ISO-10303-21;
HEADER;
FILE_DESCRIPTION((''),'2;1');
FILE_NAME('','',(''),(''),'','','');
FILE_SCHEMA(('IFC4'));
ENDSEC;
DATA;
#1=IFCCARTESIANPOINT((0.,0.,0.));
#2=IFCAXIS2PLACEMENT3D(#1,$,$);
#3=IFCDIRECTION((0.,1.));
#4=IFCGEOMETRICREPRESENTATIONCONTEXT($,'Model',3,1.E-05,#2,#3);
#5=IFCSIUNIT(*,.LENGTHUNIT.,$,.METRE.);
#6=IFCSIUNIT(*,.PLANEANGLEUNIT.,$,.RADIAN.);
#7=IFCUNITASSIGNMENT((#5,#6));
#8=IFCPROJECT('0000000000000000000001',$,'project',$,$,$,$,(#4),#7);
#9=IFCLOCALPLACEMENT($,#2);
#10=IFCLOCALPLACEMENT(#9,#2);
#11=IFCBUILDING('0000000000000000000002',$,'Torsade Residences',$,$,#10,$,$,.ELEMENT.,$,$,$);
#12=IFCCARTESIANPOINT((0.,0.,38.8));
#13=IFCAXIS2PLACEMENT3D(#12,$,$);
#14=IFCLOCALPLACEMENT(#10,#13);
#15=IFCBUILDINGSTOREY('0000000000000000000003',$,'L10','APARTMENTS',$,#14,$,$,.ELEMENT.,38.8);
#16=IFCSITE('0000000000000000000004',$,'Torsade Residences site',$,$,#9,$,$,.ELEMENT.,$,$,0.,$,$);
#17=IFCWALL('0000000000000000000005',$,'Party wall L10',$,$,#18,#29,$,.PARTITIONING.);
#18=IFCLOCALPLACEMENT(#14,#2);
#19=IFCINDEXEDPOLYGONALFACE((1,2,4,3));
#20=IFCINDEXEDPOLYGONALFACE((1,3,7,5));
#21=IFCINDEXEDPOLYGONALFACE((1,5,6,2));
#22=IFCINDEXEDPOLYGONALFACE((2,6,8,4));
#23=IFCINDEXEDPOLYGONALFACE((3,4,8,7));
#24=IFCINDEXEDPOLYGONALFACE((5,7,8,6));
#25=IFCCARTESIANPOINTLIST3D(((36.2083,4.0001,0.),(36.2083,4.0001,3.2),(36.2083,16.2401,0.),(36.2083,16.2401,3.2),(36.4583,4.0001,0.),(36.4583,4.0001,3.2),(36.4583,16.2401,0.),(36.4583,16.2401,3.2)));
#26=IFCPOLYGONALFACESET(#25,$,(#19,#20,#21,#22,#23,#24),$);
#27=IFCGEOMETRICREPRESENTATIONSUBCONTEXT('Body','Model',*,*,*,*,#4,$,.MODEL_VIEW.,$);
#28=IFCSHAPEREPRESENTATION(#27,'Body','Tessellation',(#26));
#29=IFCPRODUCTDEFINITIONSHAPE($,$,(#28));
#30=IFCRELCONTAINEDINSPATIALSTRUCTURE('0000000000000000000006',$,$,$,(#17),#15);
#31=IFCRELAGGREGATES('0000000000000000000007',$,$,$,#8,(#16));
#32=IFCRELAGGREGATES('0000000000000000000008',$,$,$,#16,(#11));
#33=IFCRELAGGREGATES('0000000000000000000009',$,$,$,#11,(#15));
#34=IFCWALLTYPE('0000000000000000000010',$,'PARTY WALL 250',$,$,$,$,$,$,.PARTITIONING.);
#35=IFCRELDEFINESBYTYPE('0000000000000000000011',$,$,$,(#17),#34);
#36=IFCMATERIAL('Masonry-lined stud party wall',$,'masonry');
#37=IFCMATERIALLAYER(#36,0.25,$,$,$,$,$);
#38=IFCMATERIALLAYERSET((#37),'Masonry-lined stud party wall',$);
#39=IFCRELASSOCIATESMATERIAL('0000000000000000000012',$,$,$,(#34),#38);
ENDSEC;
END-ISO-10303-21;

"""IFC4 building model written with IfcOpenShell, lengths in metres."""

from ifc_helpers import new_model, si_unit, direction, frame, frame_2d, origin, place, context, subcontext, project, spatial, rectangle, extrude, material, layer, layer_set, type_object, element, save


model = new_model("IFC4")

# Units and contexts
model_context = context("Model", 3, precision=1e-05, world=origin(), true_north=direction((0.0, 1.0)))
body_context = subcontext(model_context, "Body", "Model", "MODEL_VIEW")
ifc_project = project(units=[si_unit("LENGTHUNIT", "METRE"), si_unit("PLANEANGLEUNIT", "RADIAN")], contexts=[model_context])

# Site, building, storey
site_placement = place(None, origin())
site = spatial("IfcSite", under=ifc_project, at=site_placement, Name="Torsade Residences site", CompositionType="ELEMENT", RefElevation=0.0)
building_placement = place(site_placement, origin())
building = spatial("IfcBuilding", under=site, at=building_placement, Name="Torsade Residences", CompositionType="ELEMENT")
storey_placement = place(building_placement, frame((0.0, 0.0, 38.8)))
storey = spatial("IfcBuildingStorey", under=building, at=storey_placement, Name="L10", Description="APARTMENTS", CompositionType="ELEMENT", Elevation=38.8)

# Wall
ifc_material_1 = material(Name="Masonry-lined stud party wall", Category="masonry")
ifc_layer_1 = layer(ifc_material_1, 0.25)
ifc_layer_set_1 = layer_set([ifc_layer_1], Name="Masonry-lined stud party wall")
wall_type_1 = type_object("IfcWallType", Name="PARTY WALL 250", PredefinedType="PARTITIONING", material=ifc_layer_set_1)
wall_1_placement = place(storey_placement, frame((36.3333, 4.0, 0.0), z_axis=(0.0, 0.0, 1.0), x_axis=(0.0, 1.0, 0.0)))
element("IfcWall", 1, at=wall_1_placement, inside=storey, type_object=wall_type_1, Name="Party wall L10", PredefinedType="PARTITIONING", context=body_context, shape_type="SweptSolid", body=[
    extrude(rectangle(XDim=12.24, YDim=0.25, at=frame_2d((6.1201, 0.0))), origin(), (0.0, 0.0, 1.0), 3.2),
])

save(model, "model.ifc")
